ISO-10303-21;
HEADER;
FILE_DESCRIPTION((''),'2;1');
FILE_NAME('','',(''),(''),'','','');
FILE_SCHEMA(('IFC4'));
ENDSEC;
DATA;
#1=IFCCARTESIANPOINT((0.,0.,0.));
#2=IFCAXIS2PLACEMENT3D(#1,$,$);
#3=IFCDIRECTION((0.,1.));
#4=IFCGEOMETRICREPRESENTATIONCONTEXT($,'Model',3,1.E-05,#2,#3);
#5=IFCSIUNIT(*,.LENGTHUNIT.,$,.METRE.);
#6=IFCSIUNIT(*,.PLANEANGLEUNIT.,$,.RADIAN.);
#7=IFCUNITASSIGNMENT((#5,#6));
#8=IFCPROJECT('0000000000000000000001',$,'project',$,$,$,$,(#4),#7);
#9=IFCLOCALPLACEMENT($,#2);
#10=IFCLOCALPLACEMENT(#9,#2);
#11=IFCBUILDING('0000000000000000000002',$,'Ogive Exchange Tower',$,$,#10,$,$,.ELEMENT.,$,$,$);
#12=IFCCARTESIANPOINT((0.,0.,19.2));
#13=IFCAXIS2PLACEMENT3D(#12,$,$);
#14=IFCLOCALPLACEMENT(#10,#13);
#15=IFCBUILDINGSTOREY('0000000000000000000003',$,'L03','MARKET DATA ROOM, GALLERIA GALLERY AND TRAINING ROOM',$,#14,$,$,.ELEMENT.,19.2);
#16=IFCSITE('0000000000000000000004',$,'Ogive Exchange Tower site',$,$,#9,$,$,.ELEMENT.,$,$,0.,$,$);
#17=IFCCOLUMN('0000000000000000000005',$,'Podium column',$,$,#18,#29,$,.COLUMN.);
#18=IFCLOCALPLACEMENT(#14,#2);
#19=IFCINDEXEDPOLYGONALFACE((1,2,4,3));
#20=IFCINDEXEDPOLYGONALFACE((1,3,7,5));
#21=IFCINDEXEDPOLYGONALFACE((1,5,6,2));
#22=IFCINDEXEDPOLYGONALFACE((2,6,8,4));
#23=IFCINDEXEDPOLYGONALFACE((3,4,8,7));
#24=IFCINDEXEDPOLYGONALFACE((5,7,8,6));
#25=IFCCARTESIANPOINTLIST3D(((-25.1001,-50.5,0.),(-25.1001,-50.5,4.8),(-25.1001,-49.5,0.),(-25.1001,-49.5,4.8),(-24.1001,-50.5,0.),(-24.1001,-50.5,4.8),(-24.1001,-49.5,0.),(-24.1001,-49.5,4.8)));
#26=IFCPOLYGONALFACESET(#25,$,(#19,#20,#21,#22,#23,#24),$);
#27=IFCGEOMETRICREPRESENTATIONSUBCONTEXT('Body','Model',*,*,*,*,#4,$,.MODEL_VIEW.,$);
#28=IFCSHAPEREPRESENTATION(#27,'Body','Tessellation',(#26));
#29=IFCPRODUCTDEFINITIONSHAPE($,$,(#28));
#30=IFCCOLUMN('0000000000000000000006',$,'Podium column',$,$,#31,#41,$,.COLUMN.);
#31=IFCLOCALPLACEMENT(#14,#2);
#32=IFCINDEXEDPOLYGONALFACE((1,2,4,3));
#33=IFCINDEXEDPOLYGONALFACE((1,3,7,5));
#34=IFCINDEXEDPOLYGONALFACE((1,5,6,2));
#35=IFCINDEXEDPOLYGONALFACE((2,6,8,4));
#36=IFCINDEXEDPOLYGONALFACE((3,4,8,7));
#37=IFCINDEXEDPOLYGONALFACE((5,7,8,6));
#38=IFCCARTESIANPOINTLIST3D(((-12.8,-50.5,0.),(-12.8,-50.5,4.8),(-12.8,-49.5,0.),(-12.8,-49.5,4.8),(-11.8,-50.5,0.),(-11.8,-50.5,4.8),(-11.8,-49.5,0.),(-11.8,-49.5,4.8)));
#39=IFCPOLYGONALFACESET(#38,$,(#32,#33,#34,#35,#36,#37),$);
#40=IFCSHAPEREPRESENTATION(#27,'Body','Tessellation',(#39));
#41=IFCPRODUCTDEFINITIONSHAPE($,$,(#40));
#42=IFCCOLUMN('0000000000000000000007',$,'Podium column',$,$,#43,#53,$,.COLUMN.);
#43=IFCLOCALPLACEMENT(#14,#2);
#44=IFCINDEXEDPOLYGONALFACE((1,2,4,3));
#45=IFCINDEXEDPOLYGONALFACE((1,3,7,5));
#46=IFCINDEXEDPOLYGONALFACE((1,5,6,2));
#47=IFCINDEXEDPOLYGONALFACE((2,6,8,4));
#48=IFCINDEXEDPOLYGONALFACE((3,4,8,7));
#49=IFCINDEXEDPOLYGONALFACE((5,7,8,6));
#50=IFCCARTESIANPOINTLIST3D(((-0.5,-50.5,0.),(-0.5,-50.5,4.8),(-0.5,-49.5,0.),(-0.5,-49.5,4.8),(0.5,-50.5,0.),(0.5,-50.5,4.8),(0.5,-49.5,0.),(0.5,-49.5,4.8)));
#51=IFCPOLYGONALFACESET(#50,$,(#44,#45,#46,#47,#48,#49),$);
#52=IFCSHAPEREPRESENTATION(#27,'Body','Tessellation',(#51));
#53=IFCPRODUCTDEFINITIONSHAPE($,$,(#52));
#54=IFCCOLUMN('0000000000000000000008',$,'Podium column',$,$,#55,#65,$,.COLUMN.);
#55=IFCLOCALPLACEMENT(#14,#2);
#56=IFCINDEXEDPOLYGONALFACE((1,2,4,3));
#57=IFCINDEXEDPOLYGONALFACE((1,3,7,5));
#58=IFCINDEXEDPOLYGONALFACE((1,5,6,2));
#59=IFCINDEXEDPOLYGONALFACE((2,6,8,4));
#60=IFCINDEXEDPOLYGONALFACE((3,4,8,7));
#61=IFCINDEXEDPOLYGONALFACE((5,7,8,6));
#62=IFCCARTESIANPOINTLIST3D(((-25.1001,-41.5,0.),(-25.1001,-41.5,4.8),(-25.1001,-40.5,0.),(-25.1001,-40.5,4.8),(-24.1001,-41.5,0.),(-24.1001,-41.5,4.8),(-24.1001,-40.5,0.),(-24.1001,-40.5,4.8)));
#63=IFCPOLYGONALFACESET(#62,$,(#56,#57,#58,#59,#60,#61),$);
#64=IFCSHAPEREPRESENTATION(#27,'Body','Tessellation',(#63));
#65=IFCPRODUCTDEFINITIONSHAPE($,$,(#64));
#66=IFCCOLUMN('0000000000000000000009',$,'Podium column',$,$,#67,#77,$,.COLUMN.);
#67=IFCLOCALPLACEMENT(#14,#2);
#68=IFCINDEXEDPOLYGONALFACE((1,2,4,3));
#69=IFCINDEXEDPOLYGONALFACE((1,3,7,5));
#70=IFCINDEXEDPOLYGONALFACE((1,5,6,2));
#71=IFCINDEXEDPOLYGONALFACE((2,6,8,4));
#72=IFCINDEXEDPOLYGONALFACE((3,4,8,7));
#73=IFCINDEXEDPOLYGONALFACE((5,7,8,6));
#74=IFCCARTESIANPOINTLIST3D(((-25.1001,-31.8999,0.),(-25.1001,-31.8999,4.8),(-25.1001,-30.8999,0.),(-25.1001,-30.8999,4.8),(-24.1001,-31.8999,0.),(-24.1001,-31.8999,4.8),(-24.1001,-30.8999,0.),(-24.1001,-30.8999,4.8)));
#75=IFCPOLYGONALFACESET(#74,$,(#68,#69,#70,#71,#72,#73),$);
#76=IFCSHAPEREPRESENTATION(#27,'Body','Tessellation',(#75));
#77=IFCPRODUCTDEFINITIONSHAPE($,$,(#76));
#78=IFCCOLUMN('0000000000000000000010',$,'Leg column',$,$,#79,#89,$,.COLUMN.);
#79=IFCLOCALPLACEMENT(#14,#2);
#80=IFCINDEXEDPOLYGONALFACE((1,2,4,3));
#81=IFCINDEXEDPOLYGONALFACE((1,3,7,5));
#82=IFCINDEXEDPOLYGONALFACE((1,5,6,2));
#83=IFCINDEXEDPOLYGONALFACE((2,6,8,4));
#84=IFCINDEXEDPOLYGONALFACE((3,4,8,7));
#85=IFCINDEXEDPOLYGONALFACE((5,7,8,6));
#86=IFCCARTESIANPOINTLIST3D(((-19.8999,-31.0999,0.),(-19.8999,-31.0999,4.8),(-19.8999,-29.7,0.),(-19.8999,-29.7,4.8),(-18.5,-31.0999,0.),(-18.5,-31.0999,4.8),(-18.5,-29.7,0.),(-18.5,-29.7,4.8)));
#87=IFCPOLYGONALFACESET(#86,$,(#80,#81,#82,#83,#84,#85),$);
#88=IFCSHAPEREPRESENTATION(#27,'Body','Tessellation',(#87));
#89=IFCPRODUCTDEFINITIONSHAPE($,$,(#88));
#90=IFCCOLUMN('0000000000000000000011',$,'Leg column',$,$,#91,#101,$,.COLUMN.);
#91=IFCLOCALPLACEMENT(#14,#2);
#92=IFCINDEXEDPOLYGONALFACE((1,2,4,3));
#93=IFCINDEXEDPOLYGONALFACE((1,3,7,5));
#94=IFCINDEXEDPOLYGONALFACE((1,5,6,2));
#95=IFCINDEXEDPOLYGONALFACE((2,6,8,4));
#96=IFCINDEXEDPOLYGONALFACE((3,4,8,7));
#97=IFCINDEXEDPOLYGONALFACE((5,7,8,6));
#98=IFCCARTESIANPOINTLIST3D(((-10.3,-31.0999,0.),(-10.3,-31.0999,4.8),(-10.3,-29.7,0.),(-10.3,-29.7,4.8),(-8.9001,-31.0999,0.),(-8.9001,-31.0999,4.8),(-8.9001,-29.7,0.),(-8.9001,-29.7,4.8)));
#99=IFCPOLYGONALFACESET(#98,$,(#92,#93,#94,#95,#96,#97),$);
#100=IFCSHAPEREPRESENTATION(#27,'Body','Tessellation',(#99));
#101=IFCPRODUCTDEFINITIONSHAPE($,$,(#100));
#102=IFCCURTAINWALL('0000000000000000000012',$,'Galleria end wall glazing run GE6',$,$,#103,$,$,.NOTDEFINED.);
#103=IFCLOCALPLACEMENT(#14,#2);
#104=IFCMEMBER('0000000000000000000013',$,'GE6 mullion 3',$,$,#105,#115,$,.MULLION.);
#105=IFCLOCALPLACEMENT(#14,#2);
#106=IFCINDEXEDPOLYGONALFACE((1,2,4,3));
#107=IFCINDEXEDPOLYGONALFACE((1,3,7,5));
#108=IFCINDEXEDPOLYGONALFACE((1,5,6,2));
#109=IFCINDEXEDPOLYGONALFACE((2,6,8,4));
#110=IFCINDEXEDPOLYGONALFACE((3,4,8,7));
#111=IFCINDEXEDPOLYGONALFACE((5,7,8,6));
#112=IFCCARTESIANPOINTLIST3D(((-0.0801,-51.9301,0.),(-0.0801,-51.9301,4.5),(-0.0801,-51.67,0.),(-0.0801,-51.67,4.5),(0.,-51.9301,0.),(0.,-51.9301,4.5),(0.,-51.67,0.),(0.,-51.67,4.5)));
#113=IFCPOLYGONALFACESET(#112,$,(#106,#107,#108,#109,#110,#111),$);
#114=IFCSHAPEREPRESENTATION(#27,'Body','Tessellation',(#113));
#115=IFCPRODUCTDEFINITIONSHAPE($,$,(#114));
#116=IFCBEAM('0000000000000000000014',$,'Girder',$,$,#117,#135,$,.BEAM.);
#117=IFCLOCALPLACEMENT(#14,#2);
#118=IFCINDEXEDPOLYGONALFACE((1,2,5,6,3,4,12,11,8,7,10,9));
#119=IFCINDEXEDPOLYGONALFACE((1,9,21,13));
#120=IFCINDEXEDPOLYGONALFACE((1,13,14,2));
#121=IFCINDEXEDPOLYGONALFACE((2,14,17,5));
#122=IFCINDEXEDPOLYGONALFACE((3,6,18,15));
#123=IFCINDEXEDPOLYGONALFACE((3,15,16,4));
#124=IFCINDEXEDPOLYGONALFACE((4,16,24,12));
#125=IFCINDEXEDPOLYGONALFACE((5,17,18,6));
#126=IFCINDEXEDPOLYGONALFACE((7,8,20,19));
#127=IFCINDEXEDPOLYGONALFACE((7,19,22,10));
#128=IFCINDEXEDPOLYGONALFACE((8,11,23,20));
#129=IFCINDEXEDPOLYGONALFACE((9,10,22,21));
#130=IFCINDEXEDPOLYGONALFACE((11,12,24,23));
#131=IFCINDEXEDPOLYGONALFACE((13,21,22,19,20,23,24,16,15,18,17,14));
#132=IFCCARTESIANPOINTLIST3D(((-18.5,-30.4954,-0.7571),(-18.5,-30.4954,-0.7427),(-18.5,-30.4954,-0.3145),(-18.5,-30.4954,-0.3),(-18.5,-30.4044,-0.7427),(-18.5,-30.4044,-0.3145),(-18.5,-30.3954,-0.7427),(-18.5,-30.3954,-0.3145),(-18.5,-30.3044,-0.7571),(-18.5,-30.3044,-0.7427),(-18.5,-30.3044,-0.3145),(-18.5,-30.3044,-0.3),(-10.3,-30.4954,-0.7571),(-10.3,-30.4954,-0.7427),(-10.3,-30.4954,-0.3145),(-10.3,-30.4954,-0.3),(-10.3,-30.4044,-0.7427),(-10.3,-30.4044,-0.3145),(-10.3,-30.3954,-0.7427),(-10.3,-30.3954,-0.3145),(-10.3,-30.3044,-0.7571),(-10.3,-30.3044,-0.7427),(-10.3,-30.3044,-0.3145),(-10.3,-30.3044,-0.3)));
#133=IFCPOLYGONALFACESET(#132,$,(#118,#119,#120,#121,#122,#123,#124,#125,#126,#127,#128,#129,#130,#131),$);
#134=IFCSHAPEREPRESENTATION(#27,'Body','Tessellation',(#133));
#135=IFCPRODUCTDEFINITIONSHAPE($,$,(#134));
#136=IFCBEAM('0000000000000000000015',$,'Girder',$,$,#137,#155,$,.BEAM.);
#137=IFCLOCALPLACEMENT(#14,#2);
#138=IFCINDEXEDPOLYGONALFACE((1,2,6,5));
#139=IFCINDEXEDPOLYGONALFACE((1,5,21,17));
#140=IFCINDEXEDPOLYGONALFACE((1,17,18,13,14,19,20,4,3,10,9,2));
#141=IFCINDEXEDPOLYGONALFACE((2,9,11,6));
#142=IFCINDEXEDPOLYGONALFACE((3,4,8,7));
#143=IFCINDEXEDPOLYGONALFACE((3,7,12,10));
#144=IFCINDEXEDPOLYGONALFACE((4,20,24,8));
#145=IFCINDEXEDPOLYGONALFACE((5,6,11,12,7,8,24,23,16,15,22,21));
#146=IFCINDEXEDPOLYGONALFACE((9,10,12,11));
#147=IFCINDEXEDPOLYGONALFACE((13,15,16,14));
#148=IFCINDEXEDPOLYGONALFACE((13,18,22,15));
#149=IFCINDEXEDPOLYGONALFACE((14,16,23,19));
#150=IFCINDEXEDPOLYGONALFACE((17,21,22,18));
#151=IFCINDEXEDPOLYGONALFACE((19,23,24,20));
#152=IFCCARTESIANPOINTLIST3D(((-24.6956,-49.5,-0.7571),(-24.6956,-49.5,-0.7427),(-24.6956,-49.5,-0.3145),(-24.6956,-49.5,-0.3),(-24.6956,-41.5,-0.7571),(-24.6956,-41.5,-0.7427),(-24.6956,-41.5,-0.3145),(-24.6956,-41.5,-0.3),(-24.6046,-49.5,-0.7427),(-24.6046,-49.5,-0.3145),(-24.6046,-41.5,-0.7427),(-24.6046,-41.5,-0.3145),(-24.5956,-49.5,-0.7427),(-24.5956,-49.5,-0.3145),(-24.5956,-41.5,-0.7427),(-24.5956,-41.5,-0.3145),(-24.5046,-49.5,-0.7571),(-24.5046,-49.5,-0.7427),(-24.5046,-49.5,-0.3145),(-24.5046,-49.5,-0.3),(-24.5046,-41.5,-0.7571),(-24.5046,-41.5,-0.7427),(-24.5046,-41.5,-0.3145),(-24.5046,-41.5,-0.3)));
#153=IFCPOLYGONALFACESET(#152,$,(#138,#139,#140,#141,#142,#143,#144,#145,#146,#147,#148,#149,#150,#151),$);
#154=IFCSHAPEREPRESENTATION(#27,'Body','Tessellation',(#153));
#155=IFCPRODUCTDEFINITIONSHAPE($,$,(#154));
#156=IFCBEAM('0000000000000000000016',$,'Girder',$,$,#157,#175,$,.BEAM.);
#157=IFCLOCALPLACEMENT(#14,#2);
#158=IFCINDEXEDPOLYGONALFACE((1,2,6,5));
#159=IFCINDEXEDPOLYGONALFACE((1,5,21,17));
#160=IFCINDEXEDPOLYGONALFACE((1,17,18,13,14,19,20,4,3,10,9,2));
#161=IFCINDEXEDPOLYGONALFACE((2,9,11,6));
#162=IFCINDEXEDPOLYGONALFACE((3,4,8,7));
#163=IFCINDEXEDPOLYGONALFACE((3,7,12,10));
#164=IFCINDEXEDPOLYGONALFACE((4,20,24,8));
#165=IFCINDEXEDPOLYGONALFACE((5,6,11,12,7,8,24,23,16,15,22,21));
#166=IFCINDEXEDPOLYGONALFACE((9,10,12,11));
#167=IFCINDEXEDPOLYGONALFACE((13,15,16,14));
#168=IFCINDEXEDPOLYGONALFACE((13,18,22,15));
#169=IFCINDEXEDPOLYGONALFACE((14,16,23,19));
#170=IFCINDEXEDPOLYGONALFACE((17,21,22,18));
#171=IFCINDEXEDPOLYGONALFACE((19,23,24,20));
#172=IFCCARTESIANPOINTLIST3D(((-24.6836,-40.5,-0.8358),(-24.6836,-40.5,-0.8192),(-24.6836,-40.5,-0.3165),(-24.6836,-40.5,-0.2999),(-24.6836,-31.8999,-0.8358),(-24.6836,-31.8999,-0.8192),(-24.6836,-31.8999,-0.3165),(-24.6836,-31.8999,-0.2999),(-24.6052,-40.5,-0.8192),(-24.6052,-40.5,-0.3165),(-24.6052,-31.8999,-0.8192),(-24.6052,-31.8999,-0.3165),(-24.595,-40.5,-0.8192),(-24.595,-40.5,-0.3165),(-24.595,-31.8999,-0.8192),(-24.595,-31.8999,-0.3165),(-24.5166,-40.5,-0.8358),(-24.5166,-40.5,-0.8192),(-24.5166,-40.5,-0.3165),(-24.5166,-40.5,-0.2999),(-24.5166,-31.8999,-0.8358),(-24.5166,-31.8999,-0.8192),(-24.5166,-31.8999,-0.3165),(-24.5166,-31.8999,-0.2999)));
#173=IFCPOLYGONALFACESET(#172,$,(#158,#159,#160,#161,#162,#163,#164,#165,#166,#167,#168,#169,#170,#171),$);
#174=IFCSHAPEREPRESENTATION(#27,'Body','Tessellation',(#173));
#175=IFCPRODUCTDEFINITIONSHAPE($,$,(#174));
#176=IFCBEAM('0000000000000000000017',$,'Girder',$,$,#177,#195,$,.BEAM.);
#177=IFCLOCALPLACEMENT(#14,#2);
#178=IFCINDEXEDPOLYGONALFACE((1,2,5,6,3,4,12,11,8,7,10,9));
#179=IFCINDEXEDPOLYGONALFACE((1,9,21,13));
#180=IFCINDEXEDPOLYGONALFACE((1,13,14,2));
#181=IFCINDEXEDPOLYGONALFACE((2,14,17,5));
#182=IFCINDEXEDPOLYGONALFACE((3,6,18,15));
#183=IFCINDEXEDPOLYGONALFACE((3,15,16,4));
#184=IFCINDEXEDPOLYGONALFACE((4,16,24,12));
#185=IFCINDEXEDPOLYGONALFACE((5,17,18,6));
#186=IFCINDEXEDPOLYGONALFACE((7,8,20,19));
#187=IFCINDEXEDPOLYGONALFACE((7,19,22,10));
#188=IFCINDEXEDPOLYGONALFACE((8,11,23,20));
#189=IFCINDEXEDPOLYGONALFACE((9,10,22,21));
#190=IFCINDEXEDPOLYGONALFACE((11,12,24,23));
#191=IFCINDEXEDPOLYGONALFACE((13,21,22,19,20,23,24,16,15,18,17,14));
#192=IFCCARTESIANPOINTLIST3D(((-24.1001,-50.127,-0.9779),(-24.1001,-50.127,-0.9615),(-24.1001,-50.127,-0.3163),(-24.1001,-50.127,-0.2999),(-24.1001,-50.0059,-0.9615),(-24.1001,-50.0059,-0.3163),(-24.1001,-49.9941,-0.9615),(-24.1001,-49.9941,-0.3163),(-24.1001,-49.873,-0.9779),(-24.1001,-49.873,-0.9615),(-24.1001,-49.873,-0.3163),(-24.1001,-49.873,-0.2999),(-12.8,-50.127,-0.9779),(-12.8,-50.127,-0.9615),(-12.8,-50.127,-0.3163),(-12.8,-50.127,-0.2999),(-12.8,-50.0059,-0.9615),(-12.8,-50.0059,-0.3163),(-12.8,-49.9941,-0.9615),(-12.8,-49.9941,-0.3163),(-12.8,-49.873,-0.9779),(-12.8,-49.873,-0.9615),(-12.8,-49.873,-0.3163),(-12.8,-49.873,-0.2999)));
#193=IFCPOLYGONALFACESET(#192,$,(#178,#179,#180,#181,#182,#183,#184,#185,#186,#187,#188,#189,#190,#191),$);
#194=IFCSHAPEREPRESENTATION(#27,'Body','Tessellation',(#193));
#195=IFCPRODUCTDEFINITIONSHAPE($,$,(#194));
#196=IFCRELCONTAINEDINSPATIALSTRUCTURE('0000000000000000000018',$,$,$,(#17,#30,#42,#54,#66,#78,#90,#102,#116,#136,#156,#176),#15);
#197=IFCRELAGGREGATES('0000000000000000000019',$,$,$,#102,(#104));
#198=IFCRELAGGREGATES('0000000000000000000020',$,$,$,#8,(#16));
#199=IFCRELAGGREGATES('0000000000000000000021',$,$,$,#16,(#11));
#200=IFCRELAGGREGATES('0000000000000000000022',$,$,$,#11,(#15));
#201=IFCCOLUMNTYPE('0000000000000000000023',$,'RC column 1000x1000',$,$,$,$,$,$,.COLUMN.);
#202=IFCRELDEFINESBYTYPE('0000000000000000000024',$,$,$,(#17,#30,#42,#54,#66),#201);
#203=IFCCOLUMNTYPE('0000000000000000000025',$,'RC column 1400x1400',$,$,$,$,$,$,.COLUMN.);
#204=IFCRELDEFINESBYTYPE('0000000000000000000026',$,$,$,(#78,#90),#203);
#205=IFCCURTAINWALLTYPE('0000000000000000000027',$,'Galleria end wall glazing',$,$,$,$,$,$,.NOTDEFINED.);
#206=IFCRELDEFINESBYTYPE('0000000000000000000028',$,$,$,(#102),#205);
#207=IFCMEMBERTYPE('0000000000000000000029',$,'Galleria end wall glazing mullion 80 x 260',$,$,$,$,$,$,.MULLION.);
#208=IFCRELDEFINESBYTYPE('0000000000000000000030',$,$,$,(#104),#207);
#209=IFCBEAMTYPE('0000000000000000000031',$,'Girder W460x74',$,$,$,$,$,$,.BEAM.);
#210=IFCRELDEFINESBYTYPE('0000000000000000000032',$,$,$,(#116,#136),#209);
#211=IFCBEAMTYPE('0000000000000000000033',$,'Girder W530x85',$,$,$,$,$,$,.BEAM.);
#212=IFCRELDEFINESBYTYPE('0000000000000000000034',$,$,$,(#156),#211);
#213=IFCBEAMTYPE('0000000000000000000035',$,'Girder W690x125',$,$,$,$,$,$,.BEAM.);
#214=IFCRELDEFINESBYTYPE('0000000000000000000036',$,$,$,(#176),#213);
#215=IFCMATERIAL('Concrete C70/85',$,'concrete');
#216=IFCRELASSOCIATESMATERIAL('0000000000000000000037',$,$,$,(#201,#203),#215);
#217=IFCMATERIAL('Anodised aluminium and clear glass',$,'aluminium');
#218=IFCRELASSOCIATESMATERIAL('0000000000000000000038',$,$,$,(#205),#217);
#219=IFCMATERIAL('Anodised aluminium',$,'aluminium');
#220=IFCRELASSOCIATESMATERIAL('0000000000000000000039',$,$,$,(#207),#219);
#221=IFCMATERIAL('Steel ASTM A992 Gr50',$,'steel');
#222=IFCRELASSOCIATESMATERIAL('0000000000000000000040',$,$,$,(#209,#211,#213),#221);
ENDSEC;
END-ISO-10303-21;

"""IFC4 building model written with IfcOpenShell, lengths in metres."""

from ifc_helpers import new_model, si_unit, direction, frame, origin, origin_2d, place, context, subcontext, project, spatial, rectangle, i_section, extrude, material, material_profile, profile_set, type_object, element, aggregate, save


model = new_model("IFC4")

# Units and contexts
model_context = context("Model", 3, precision=1e-05, world=origin(), true_north=direction((0.0, 1.0)))
body_context = subcontext(model_context, "Body", "Model", "MODEL_VIEW")
ifc_project = project(units=[si_unit("LENGTHUNIT", "METRE"), si_unit("PLANEANGLEUNIT", "RADIAN")], contexts=[model_context])

# Site, building, storey
site_placement = place(None, origin())
site = spatial("IfcSite", under=ifc_project, at=site_placement, Name="Ogive Exchange Tower site", CompositionType="ELEMENT", RefElevation=0.0)
building_placement = place(site_placement, origin())
building = spatial("IfcBuilding", under=site, at=building_placement, Name="Ogive Exchange Tower", CompositionType="ELEMENT")
storey_placement = place(building_placement, frame((0.0, 0.0, 19.2)))
storey = spatial("IfcBuildingStorey", under=building, at=storey_placement, Name="L03", Description="MARKET DATA ROOM, GALLERIA GALLERY AND TRAINING ROOM", CompositionType="ELEMENT", Elevation=19.2)

# Columns
ifc_material_1 = material(Name="Concrete C70/85", Category="concrete")
ifc_material_profile_1 = material_profile(ifc_material_1, rectangle(XDim=1.0, YDim=1.0, at=origin_2d()), Name="RC 1000x1000")
ifc_profile_set_1 = profile_set([ifc_material_profile_1], Name="Concrete C70/85")
column_type_1 = type_object("IfcColumnType", Name="RC column 1000x1000", PredefinedType="COLUMN", material=ifc_profile_set_1)
for number, where, z_axis, x_axis, name in (
    (1, (-24.6001, -50.0, 0.0), (0.0, 0.0, 1.0), (1.0, 0.0, 0.0), "Podium column"),
    (2, (-12.3, -50.0, 0.0), (0.0, 0.0, 1.0), (1.0, 0.0, 0.0), "Podium column"),
    (3, (0.0, -50.0, 0.0), (0.0, 0.0, 1.0), (1.0, 0.0, 0.0), "Podium column"),
    (4, (-24.6001, -41.0, 0.0), (0.0, 0.0, 1.0), (1.0, 0.0, 0.0), "Podium column"),
    (5, (-24.6001, -31.3999, 0.0), (0.0, 0.0, 1.0), (1.0, 0.0, 0.0), "Podium column"),
):
    element("IfcColumn", number, at=place(storey_placement, frame(where, z_axis=z_axis, x_axis=x_axis)), inside=storey, type_object=column_type_1, Name=name, PredefinedType="COLUMN", context=body_context, shape_type="SweptSolid", body=[
        extrude(rectangle(XDim=1.0, YDim=1.0, at=origin_2d()), origin(), (0.0, 0.0, 1.0), 4.8),
    ])
ifc_material_profile_2 = material_profile(ifc_material_1, rectangle(XDim=1.3999, YDim=1.3999, at=origin_2d()), Name="RC 1400x1400")
ifc_profile_set_2 = profile_set([ifc_material_profile_2], Name="Concrete C70/85")
column_type_2 = type_object("IfcColumnType", Name="RC column 1400x1400", PredefinedType="COLUMN", material=ifc_profile_set_2)
for number, where, z_axis, x_axis, name in (
    (6, (-19.2, -30.3999, 0.0), (0.0, 0.0, 1.0), (1.0, 0.0, 0.0), "Leg column"),
    (7, (-9.6001, -30.3999, 0.0), (0.0, 0.0, 1.0), (1.0, 0.0, 0.0), "Leg column"),
):
    element("IfcColumn", number, at=place(storey_placement, frame(where, z_axis=z_axis, x_axis=x_axis)), inside=storey, type_object=column_type_2, Name=name, PredefinedType="COLUMN", context=body_context, shape_type="SweptSolid", body=[
        extrude(rectangle(XDim=1.3999, YDim=1.3999, at=origin_2d()), origin(), (0.0, 0.0, 1.0), 4.8),
    ])

# Curtain wall, member
ifc_material_2 = material(Name="Anodised aluminium and clear glass", Category="aluminium")
curtain_wall_type = type_object("IfcCurtainWallType", Name="Galleria end wall glazing", PredefinedType="NOTDEFINED", material=ifc_material_2)
curtain_wall_placement = place(storey_placement, origin())
curtain_wall = element("IfcCurtainWall", 8, at=curtain_wall_placement, inside=storey, type_object=curtain_wall_type, Name="Galleria end wall glazing run GE6", PredefinedType="NOTDEFINED")
ifc_material_3 = material(Name="Anodised aluminium", Category="aluminium")
ifc_material_profile_3 = material_profile(ifc_material_3, rectangle(XDim=0.26, YDim=0.0801, at=origin_2d()), Name="AL 80x260")
ifc_profile_set_3 = profile_set([ifc_material_profile_3], Name="Anodised aluminium")
member_type = type_object("IfcMemberType", Name="Galleria end wall glazing mullion 80 x 260", PredefinedType="MULLION", material=ifc_profile_set_3)
member_placement = place(storey_placement, frame((-0.04, -51.8, 0.0), z_axis=(0.0, 0.0, 1.0), x_axis=(0.0, 1.0, 0.0)))
member = element("IfcMember", 9, at=member_placement, type_object=member_type, Name="GE6 mullion 3", PredefinedType="MULLION", context=body_context, shape_type="SweptSolid", body=[
    extrude(rectangle(XDim=0.26, YDim=0.0801, at=origin_2d()), origin(), (0.0, 0.0, 1.0), 4.5),
])

# Beams
ifc_material_4 = material(Name="Steel ASTM A992 Gr50", Category="steel")
ifc_material_profile_4 = material_profile(ifc_material_4, i_section(OverallWidth=0.1909, OverallDepth=0.457, WebThickness=0.009, FlangeThickness=0.0144, at=origin_2d()), Name="W460x74")
ifc_profile_set_4 = profile_set([ifc_material_profile_4], Name="Steel ASTM A992 Gr50")
beam_type_1 = type_object("IfcBeamType", Name="Girder W460x74", PredefinedType="BEAM", material=ifc_profile_set_4)
beam_1_placement = place(storey_placement, frame((-18.5, -30.3999, -0.5286), z_axis=(1.0, 0.0, 0.0), x_axis=(0.0, 1.0, 0.0)))
element("IfcBeam", 10, at=beam_1_placement, inside=storey, type_object=beam_type_1, Name="Girder", PredefinedType="BEAM", context=body_context, shape_type="SweptSolid", body=[
    extrude(i_section(OverallWidth=0.1909, OverallDepth=0.457, WebThickness=0.009, FlangeThickness=0.0144, at=origin_2d()), origin(), (0.0, 0.0, 1.0), 8.2),
])
beam_2_placement = place(storey_placement, frame((-24.6001, -49.5, -0.5286), z_axis=(0.0, 1.0, 0.0), x_axis=(-1.0, 0.0, 0.0)))
element("IfcBeam", 11, at=beam_2_placement, inside=storey, type_object=beam_type_1, Name="Girder", PredefinedType="BEAM", context=body_context, shape_type="SweptSolid", body=[
    extrude(i_section(OverallWidth=0.1909, OverallDepth=0.457, WebThickness=0.009, FlangeThickness=0.0144, at=origin_2d()), origin(), (0.0, 0.0, 1.0), 8.0),
])
ifc_material_profile_5 = material_profile(ifc_material_4, i_section(OverallWidth=0.167, OverallDepth=0.5359, WebThickness=0.0103, FlangeThickness=0.0166, at=origin_2d()), Name="W530x85")
ifc_profile_set_5 = profile_set([ifc_material_profile_5], Name="Steel ASTM A992 Gr50")
beam_type_2 = type_object("IfcBeamType", Name="Girder W530x85", PredefinedType="BEAM", material=ifc_profile_set_5)
beam_3_placement = place(storey_placement, frame((-24.6001, -40.5, -0.5679), z_axis=(0.0, 1.0, 0.0), x_axis=(-1.0, 0.0, 0.0)))
element("IfcBeam", 12, at=beam_3_placement, inside=storey, type_object=beam_type_2, Name="Girder", PredefinedType="BEAM", context=body_context, shape_type="SweptSolid", body=[
    extrude(i_section(OverallWidth=0.167, OverallDepth=0.5359, WebThickness=0.0103, FlangeThickness=0.0166, at=origin_2d()), origin(), (0.0, 0.0, 1.0), 8.6001),
])
ifc_material_profile_6 = material_profile(ifc_material_4, i_section(OverallWidth=0.2539, OverallDepth=0.678, WebThickness=0.0117, FlangeThickness=0.0164, at=origin_2d()), Name="W690x125")
ifc_profile_set_6 = profile_set([ifc_material_profile_6], Name="Steel ASTM A992 Gr50")
beam_type_3 = type_object("IfcBeamType", Name="Girder W690x125", PredefinedType="BEAM", material=ifc_profile_set_6)
for number, where, z_axis, x_axis, name in (
    (13, (-24.1001, -50.0, -0.6389), (1.0, 0.0, 0.0), (0.0, 1.0, 0.0), "Girder"),
):
    element("IfcBeam", number, at=place(storey_placement, frame(where, z_axis=z_axis, x_axis=x_axis)), inside=storey, type_object=beam_type_3, Name=name, PredefinedType="BEAM", context=body_context, shape_type="SweptSolid", body=[
        extrude(i_section(OverallWidth=0.2539, OverallDepth=0.678, WebThickness=0.0117, FlangeThickness=0.0164, at=origin_2d()), origin(), (0.0, 0.0, 1.0), 11.3),
    ])

aggregate(curtain_wall, [member])

save(model, "model.ifc")
